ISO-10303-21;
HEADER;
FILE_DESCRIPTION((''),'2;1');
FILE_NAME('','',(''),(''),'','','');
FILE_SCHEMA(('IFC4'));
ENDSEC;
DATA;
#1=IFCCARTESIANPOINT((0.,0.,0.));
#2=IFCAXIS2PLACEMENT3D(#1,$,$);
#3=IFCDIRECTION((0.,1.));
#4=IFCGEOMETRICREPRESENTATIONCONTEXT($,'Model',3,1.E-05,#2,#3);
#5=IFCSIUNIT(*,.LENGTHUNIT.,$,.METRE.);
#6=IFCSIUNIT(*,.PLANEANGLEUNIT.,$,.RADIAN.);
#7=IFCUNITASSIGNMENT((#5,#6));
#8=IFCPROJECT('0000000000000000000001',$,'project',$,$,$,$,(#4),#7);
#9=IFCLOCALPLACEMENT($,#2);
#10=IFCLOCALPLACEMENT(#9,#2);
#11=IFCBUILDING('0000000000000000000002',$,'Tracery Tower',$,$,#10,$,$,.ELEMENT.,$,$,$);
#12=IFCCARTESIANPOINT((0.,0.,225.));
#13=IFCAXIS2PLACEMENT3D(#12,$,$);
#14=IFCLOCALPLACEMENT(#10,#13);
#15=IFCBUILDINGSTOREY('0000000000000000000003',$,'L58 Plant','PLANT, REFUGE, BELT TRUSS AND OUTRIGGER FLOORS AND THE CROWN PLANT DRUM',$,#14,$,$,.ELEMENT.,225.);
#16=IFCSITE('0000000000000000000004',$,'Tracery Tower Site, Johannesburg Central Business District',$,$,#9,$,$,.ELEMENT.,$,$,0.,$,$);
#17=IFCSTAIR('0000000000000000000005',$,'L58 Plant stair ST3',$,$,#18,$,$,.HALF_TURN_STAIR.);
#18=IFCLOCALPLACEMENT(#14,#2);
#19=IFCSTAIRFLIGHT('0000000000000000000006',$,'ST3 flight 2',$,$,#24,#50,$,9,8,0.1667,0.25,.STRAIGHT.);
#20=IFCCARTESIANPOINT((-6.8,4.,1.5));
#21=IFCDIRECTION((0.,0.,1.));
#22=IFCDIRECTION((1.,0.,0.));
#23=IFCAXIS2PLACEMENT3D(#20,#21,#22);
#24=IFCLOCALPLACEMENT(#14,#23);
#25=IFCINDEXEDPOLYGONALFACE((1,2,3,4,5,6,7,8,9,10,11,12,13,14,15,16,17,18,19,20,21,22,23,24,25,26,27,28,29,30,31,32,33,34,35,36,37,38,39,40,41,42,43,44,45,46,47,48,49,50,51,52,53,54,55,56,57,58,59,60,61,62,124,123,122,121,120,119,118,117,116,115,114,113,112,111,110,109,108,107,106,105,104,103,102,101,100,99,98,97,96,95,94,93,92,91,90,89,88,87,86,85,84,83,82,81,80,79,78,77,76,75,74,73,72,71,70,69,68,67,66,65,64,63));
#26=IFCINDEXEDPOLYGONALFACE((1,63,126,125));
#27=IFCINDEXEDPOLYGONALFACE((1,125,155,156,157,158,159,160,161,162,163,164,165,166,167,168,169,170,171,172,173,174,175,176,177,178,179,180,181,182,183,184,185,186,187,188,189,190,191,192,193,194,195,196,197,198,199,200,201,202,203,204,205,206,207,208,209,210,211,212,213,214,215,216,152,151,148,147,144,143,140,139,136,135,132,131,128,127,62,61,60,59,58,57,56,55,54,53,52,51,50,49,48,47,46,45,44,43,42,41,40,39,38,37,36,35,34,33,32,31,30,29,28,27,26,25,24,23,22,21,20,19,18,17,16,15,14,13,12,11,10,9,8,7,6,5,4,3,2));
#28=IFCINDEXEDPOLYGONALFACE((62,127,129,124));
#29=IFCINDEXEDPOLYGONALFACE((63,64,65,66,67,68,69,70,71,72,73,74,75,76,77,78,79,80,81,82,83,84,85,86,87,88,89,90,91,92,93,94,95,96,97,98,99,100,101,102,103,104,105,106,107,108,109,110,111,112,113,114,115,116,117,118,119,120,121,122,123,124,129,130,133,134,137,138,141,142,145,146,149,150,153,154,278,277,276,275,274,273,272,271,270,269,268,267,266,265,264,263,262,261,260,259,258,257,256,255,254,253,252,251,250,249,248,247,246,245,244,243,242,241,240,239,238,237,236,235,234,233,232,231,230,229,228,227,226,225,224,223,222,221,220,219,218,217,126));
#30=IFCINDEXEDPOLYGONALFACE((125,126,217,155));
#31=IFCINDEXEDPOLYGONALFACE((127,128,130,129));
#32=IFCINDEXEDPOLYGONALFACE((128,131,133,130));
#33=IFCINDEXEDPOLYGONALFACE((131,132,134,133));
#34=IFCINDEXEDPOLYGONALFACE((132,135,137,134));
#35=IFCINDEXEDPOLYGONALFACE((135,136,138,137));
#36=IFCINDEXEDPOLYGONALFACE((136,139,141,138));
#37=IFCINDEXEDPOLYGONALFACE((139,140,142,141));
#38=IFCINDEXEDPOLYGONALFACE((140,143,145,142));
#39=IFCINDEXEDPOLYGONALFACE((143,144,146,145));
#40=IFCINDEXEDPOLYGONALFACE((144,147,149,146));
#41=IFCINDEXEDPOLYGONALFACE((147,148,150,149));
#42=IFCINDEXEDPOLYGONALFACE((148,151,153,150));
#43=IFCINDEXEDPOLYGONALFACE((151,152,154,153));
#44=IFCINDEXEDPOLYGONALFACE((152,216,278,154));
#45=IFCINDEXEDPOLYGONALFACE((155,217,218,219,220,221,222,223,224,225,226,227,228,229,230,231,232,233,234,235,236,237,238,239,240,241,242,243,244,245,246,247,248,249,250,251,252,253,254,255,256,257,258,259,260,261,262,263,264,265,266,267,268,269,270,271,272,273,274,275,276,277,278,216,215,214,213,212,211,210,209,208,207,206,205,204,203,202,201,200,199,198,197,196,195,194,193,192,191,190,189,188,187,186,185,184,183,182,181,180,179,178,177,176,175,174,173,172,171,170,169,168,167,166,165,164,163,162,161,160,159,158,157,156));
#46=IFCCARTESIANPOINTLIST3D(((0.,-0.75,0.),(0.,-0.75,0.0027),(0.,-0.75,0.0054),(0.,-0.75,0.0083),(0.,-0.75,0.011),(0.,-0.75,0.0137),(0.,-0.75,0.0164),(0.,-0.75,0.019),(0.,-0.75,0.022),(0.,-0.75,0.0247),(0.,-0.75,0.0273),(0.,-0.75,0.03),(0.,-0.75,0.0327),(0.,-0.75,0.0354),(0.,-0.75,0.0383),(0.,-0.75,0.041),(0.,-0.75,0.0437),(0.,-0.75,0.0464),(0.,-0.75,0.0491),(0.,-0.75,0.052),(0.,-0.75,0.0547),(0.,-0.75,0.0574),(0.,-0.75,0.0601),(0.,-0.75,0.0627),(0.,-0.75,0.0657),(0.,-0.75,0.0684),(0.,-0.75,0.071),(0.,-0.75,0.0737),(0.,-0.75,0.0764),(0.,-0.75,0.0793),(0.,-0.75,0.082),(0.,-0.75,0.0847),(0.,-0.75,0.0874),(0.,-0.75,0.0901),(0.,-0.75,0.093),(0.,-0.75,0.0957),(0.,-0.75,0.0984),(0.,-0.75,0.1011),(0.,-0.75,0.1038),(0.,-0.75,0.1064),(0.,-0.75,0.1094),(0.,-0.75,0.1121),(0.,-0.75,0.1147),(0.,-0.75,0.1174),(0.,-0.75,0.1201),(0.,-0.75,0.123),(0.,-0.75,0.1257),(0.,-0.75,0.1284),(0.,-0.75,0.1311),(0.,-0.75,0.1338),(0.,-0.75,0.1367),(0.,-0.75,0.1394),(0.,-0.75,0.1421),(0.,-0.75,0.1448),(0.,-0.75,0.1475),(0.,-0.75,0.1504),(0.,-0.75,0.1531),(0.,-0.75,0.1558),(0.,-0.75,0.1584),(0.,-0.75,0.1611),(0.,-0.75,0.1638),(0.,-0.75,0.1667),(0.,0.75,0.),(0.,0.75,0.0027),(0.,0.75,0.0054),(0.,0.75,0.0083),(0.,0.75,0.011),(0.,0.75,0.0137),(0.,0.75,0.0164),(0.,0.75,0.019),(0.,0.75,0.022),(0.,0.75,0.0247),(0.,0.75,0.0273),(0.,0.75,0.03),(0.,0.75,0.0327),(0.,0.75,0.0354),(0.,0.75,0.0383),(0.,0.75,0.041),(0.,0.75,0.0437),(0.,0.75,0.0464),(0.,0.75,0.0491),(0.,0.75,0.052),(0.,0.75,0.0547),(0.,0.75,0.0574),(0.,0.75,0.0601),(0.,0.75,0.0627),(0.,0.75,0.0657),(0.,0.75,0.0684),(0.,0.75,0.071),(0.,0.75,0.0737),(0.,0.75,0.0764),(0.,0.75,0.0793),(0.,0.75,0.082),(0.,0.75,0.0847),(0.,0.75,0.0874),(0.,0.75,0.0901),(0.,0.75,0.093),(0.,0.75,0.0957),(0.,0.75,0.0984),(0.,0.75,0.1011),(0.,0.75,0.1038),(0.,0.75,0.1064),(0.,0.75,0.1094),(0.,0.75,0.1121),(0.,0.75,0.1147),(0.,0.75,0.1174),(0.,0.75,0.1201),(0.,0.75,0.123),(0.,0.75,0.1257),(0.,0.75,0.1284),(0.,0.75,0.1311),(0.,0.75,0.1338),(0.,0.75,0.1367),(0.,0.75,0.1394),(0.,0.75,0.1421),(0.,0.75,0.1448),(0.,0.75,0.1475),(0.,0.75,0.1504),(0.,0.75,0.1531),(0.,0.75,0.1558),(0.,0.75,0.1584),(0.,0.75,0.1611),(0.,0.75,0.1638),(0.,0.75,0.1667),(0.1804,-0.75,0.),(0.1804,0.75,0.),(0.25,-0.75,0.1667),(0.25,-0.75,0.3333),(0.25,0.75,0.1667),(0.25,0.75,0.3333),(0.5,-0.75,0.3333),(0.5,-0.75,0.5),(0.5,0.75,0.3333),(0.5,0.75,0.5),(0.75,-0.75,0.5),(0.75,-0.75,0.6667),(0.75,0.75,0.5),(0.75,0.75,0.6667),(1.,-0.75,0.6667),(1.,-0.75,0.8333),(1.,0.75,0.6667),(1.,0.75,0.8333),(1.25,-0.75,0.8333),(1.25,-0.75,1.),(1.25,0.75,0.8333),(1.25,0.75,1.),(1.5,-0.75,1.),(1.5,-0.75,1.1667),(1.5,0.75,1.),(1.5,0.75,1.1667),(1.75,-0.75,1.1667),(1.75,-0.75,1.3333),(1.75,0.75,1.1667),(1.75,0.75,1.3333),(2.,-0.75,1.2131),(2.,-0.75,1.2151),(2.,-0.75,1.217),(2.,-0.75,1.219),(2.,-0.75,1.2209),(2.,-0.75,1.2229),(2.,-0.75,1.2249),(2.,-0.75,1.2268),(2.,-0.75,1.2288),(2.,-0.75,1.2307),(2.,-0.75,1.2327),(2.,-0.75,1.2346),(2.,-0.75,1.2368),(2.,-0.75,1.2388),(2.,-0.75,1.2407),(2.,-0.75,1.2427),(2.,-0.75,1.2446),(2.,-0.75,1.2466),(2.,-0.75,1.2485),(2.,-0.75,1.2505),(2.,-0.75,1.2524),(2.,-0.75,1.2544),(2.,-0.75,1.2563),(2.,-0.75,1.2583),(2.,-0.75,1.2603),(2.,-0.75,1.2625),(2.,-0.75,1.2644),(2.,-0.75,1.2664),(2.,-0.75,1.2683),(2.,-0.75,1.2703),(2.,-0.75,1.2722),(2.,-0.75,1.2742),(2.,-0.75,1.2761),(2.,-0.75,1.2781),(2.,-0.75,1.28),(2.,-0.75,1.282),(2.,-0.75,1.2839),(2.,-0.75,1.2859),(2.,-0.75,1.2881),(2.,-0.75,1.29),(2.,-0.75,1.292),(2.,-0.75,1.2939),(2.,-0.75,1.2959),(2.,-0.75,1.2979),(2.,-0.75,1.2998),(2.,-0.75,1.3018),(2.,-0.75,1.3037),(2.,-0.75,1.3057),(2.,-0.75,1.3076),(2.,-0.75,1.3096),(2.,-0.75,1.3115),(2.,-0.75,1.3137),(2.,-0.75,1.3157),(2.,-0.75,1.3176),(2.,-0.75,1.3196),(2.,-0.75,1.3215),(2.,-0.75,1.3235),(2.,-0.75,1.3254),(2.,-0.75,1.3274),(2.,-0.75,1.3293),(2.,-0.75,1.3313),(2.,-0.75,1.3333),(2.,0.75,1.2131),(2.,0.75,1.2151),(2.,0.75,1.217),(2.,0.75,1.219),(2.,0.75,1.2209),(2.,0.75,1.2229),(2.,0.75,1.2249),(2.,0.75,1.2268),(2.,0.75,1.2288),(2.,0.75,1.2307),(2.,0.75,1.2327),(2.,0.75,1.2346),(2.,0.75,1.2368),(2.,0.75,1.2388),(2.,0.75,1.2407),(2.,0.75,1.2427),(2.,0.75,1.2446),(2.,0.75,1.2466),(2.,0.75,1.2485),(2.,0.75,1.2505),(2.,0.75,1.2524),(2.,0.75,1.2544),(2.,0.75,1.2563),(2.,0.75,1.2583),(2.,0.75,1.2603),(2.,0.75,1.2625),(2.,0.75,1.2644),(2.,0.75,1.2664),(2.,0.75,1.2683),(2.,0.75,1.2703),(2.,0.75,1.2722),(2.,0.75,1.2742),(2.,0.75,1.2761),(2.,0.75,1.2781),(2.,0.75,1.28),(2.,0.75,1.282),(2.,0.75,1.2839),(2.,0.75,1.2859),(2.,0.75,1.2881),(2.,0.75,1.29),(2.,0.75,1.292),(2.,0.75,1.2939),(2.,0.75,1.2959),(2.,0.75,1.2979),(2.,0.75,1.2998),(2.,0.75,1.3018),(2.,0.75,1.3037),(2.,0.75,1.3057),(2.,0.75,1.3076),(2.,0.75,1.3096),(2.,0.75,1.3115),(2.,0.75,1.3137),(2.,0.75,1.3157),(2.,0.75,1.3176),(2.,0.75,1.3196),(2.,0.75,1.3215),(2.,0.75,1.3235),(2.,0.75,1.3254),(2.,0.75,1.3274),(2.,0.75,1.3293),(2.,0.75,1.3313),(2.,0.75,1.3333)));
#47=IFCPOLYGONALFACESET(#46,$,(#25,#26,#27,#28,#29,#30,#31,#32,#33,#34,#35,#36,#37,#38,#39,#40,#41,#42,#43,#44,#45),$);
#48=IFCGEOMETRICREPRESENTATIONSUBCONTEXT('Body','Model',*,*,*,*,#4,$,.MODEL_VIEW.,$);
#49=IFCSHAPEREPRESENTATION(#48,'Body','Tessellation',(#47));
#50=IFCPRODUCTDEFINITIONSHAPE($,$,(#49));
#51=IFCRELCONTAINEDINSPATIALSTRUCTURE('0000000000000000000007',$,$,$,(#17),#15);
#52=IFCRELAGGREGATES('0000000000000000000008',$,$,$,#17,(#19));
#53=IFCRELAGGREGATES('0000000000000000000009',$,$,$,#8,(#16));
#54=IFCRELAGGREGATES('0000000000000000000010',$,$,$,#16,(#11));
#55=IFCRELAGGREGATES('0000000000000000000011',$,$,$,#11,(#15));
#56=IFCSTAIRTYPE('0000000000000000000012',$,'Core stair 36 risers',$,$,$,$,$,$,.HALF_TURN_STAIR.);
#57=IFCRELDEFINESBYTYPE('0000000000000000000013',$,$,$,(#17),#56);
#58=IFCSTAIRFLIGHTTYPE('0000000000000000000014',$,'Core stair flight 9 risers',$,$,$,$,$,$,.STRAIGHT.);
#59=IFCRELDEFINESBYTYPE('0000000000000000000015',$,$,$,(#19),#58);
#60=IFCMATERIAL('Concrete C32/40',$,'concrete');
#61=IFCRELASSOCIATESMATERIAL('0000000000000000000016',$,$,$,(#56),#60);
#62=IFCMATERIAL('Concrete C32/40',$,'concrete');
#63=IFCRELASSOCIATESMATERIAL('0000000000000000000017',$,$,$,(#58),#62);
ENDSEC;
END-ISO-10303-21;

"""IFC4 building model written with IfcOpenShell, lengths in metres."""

from ifc_helpers import new_model, si_unit, direction, frame, origin, place, context, subcontext, project, spatial, polyline, outline, extrude, material, type_object, element, aggregate, save


model = new_model("IFC4")

# Units and contexts
model_context = context("Model", 3, precision=1e-05, world=origin(), true_north=direction((0.0, 1.0)))
body_context = subcontext(model_context, "Body", "Model", "MODEL_VIEW")
ifc_project = project(units=[si_unit("LENGTHUNIT", "METRE"), si_unit("PLANEANGLEUNIT", "RADIAN")], contexts=[model_context])

# Site, building, storey
site_placement = place(None, origin())
site = spatial("IfcSite", under=ifc_project, at=site_placement, Name="Tracery Tower Site, Johannesburg Central Business District", CompositionType="ELEMENT", RefElevation=0.0)
building_placement = place(site_placement, origin())
building = spatial("IfcBuilding", under=site, at=building_placement, Name="Tracery Tower", CompositionType="ELEMENT")
storey_placement = place(building_placement, frame((0.0, 0.0, 225.0)))
storey = spatial("IfcBuildingStorey", under=building, at=storey_placement, Name="L58 Plant", Description="PLANT, REFUGE, BELT TRUSS AND OUTRIGGER FLOORS AND THE CROWN PLANT DRUM", CompositionType="ELEMENT", Elevation=225.0)

# Stair, stair flight
ifc_material_1 = material(Name="Concrete C32/40", Category="concrete")
stair_type = type_object("IfcStairType", Name="Core stair 36 risers", PredefinedType="HALF_TURN_STAIR", material=ifc_material_1)
stair_placement = place(storey_placement, origin())
stair = element("IfcStair", 1, at=stair_placement, inside=storey, type_object=stair_type, Name="L58 Plant stair ST3", PredefinedType="HALF_TURN_STAIR")
ifc_material_2 = material(Name="Concrete C32/40", Category="concrete")
stair_flight_type = type_object("IfcStairFlightType", Name="Core stair flight 9 risers", PredefinedType="STRAIGHT", material=ifc_material_2)
stair_flight_1_placement = place(storey_placement, frame((-6.8, 4.0, 1.5), z_axis=(0.0, 0.0, 1.0), x_axis=(1.0, 0.0, 0.0)))
stair_flight_1 = element("IfcStairFlight", 2, at=stair_flight_1_placement, type_object=stair_flight_type, Name="ST3 flight 2", NumberOfRisers=9, NumberOfTreads=8, PredefinedType="STRAIGHT", RiserHeight=0.1667, TreadLength=0.25, context=body_context, shape_type="SweptSolid", body=[
    extrude(outline(polyline([(0.0, 0.0), (0.0, 0.0027), (0.0, 0.0054), (0.0, 0.0083), (0.0, 0.011), (0.0, 0.0137), (0.0, 0.0164), (0.0, 0.019), (0.0, 0.022), (0.0, 0.0247), (0.0, 0.0273), (0.0, 0.03), (0.0, 0.0327), (0.0, 0.0354), (0.0, 0.0383), (0.0, 0.041), (0.0, 0.0437), (0.0, 0.0464), (0.0, 0.0491), (0.0, 0.052), (0.0, 0.0547), (0.0, 0.0574), (0.0, 0.0601), (0.0, 0.0627), (0.0, 0.0657), (0.0, 0.0684), (0.0, 0.071), (0.0, 0.0737), (0.0, 0.0764), (0.0, 0.0793), (0.0, 0.082), (0.0, 0.0847), (0.0, 0.0874), (0.0, 0.0901), (0.0, 0.093), (0.0, 0.0957), (0.0, 0.0984), (0.0, 0.1011), (0.0, 0.1038), (0.0, 0.1064), (0.0, 0.1094), (0.0, 0.1121), (0.0, 0.1147), (0.0, 0.1174), (0.0, 0.1201), (0.0, 0.123), (0.0, 0.1257), (0.0, 0.1284), (0.0, 0.1311), (0.0, 0.1338), (0.0, 0.1367), (0.0, 0.1394), (0.0, 0.1421), (0.0, 0.1448), (0.0, 0.1475), (0.0, 0.1504), (0.0, 0.1531), (0.0, 0.1558), (0.0, 0.1584), (0.0, 0.1611), (0.0, 0.1638), (0.0, 0.1667), (0.25, 0.1667), (0.25, 0.3333), (0.5, 0.3333), (0.5, 0.5), (0.75, 0.5), (0.75, 0.6667), (1.0, 0.6667), (1.0, 0.8333), (1.25, 0.8333), (1.25, 1.0), (1.5, 1.0), (1.5, 1.1667), (1.75, 1.1667), (1.75, 1.3333), (2.0, 1.3333), (2.0, 1.3313), (2.0, 1.3293), (2.0, 1.3274), (2.0, 1.3254), (2.0, 1.3235), (2.0, 1.3215), (2.0, 1.3196), (2.0, 1.3176), (2.0, 1.3157), (2.0, 1.3137), (2.0, 1.3115), (2.0, 1.3096), (2.0, 1.3076), (2.0, 1.3057), (2.0, 1.3037), (2.0, 1.3018), (2.0, 1.2998), (2.0, 1.2979), (2.0, 1.2959), (2.0, 1.2939), (2.0, 1.292), (2.0, 1.29), (2.0, 1.2881), (2.0, 1.2859), (2.0, 1.2839), (2.0, 1.282), (2.0, 1.28), (2.0, 1.2781), (2.0, 1.2761), (2.0, 1.2742), (2.0, 1.2722), (2.0, 1.2703), (2.0, 1.2683), (2.0, 1.2664), (2.0, 1.2644), (2.0, 1.2625), (2.0, 1.2603), (2.0, 1.2583), (2.0, 1.2563), (2.0, 1.2544), (2.0, 1.2524), (2.0, 1.2505), (2.0, 1.2485), (2.0, 1.2466), (2.0, 1.2446), (2.0, 1.2427), (2.0, 1.2407), (2.0, 1.2388), (2.0, 1.2368), (2.0, 1.2346), (2.0, 1.2327), (2.0, 1.2307), (2.0, 1.2288), (2.0, 1.2268), (2.0, 1.2249), (2.0, 1.2229), (2.0, 1.2209), (2.0, 1.219), (2.0, 1.217), (2.0, 1.2151), (2.0, 1.2131), (0.1804, 0.0), (0.0, 0.0)])), frame((0.0, 0.75, 0.0), z_axis=(0.0, -1.0, 0.0), x_axis=(1.0, 0.0, 0.0)), (0.0, 0.0, 1.0), 1.5),
])
aggregate(stair, [stair_flight_1])

save(model, "model.ifc")
